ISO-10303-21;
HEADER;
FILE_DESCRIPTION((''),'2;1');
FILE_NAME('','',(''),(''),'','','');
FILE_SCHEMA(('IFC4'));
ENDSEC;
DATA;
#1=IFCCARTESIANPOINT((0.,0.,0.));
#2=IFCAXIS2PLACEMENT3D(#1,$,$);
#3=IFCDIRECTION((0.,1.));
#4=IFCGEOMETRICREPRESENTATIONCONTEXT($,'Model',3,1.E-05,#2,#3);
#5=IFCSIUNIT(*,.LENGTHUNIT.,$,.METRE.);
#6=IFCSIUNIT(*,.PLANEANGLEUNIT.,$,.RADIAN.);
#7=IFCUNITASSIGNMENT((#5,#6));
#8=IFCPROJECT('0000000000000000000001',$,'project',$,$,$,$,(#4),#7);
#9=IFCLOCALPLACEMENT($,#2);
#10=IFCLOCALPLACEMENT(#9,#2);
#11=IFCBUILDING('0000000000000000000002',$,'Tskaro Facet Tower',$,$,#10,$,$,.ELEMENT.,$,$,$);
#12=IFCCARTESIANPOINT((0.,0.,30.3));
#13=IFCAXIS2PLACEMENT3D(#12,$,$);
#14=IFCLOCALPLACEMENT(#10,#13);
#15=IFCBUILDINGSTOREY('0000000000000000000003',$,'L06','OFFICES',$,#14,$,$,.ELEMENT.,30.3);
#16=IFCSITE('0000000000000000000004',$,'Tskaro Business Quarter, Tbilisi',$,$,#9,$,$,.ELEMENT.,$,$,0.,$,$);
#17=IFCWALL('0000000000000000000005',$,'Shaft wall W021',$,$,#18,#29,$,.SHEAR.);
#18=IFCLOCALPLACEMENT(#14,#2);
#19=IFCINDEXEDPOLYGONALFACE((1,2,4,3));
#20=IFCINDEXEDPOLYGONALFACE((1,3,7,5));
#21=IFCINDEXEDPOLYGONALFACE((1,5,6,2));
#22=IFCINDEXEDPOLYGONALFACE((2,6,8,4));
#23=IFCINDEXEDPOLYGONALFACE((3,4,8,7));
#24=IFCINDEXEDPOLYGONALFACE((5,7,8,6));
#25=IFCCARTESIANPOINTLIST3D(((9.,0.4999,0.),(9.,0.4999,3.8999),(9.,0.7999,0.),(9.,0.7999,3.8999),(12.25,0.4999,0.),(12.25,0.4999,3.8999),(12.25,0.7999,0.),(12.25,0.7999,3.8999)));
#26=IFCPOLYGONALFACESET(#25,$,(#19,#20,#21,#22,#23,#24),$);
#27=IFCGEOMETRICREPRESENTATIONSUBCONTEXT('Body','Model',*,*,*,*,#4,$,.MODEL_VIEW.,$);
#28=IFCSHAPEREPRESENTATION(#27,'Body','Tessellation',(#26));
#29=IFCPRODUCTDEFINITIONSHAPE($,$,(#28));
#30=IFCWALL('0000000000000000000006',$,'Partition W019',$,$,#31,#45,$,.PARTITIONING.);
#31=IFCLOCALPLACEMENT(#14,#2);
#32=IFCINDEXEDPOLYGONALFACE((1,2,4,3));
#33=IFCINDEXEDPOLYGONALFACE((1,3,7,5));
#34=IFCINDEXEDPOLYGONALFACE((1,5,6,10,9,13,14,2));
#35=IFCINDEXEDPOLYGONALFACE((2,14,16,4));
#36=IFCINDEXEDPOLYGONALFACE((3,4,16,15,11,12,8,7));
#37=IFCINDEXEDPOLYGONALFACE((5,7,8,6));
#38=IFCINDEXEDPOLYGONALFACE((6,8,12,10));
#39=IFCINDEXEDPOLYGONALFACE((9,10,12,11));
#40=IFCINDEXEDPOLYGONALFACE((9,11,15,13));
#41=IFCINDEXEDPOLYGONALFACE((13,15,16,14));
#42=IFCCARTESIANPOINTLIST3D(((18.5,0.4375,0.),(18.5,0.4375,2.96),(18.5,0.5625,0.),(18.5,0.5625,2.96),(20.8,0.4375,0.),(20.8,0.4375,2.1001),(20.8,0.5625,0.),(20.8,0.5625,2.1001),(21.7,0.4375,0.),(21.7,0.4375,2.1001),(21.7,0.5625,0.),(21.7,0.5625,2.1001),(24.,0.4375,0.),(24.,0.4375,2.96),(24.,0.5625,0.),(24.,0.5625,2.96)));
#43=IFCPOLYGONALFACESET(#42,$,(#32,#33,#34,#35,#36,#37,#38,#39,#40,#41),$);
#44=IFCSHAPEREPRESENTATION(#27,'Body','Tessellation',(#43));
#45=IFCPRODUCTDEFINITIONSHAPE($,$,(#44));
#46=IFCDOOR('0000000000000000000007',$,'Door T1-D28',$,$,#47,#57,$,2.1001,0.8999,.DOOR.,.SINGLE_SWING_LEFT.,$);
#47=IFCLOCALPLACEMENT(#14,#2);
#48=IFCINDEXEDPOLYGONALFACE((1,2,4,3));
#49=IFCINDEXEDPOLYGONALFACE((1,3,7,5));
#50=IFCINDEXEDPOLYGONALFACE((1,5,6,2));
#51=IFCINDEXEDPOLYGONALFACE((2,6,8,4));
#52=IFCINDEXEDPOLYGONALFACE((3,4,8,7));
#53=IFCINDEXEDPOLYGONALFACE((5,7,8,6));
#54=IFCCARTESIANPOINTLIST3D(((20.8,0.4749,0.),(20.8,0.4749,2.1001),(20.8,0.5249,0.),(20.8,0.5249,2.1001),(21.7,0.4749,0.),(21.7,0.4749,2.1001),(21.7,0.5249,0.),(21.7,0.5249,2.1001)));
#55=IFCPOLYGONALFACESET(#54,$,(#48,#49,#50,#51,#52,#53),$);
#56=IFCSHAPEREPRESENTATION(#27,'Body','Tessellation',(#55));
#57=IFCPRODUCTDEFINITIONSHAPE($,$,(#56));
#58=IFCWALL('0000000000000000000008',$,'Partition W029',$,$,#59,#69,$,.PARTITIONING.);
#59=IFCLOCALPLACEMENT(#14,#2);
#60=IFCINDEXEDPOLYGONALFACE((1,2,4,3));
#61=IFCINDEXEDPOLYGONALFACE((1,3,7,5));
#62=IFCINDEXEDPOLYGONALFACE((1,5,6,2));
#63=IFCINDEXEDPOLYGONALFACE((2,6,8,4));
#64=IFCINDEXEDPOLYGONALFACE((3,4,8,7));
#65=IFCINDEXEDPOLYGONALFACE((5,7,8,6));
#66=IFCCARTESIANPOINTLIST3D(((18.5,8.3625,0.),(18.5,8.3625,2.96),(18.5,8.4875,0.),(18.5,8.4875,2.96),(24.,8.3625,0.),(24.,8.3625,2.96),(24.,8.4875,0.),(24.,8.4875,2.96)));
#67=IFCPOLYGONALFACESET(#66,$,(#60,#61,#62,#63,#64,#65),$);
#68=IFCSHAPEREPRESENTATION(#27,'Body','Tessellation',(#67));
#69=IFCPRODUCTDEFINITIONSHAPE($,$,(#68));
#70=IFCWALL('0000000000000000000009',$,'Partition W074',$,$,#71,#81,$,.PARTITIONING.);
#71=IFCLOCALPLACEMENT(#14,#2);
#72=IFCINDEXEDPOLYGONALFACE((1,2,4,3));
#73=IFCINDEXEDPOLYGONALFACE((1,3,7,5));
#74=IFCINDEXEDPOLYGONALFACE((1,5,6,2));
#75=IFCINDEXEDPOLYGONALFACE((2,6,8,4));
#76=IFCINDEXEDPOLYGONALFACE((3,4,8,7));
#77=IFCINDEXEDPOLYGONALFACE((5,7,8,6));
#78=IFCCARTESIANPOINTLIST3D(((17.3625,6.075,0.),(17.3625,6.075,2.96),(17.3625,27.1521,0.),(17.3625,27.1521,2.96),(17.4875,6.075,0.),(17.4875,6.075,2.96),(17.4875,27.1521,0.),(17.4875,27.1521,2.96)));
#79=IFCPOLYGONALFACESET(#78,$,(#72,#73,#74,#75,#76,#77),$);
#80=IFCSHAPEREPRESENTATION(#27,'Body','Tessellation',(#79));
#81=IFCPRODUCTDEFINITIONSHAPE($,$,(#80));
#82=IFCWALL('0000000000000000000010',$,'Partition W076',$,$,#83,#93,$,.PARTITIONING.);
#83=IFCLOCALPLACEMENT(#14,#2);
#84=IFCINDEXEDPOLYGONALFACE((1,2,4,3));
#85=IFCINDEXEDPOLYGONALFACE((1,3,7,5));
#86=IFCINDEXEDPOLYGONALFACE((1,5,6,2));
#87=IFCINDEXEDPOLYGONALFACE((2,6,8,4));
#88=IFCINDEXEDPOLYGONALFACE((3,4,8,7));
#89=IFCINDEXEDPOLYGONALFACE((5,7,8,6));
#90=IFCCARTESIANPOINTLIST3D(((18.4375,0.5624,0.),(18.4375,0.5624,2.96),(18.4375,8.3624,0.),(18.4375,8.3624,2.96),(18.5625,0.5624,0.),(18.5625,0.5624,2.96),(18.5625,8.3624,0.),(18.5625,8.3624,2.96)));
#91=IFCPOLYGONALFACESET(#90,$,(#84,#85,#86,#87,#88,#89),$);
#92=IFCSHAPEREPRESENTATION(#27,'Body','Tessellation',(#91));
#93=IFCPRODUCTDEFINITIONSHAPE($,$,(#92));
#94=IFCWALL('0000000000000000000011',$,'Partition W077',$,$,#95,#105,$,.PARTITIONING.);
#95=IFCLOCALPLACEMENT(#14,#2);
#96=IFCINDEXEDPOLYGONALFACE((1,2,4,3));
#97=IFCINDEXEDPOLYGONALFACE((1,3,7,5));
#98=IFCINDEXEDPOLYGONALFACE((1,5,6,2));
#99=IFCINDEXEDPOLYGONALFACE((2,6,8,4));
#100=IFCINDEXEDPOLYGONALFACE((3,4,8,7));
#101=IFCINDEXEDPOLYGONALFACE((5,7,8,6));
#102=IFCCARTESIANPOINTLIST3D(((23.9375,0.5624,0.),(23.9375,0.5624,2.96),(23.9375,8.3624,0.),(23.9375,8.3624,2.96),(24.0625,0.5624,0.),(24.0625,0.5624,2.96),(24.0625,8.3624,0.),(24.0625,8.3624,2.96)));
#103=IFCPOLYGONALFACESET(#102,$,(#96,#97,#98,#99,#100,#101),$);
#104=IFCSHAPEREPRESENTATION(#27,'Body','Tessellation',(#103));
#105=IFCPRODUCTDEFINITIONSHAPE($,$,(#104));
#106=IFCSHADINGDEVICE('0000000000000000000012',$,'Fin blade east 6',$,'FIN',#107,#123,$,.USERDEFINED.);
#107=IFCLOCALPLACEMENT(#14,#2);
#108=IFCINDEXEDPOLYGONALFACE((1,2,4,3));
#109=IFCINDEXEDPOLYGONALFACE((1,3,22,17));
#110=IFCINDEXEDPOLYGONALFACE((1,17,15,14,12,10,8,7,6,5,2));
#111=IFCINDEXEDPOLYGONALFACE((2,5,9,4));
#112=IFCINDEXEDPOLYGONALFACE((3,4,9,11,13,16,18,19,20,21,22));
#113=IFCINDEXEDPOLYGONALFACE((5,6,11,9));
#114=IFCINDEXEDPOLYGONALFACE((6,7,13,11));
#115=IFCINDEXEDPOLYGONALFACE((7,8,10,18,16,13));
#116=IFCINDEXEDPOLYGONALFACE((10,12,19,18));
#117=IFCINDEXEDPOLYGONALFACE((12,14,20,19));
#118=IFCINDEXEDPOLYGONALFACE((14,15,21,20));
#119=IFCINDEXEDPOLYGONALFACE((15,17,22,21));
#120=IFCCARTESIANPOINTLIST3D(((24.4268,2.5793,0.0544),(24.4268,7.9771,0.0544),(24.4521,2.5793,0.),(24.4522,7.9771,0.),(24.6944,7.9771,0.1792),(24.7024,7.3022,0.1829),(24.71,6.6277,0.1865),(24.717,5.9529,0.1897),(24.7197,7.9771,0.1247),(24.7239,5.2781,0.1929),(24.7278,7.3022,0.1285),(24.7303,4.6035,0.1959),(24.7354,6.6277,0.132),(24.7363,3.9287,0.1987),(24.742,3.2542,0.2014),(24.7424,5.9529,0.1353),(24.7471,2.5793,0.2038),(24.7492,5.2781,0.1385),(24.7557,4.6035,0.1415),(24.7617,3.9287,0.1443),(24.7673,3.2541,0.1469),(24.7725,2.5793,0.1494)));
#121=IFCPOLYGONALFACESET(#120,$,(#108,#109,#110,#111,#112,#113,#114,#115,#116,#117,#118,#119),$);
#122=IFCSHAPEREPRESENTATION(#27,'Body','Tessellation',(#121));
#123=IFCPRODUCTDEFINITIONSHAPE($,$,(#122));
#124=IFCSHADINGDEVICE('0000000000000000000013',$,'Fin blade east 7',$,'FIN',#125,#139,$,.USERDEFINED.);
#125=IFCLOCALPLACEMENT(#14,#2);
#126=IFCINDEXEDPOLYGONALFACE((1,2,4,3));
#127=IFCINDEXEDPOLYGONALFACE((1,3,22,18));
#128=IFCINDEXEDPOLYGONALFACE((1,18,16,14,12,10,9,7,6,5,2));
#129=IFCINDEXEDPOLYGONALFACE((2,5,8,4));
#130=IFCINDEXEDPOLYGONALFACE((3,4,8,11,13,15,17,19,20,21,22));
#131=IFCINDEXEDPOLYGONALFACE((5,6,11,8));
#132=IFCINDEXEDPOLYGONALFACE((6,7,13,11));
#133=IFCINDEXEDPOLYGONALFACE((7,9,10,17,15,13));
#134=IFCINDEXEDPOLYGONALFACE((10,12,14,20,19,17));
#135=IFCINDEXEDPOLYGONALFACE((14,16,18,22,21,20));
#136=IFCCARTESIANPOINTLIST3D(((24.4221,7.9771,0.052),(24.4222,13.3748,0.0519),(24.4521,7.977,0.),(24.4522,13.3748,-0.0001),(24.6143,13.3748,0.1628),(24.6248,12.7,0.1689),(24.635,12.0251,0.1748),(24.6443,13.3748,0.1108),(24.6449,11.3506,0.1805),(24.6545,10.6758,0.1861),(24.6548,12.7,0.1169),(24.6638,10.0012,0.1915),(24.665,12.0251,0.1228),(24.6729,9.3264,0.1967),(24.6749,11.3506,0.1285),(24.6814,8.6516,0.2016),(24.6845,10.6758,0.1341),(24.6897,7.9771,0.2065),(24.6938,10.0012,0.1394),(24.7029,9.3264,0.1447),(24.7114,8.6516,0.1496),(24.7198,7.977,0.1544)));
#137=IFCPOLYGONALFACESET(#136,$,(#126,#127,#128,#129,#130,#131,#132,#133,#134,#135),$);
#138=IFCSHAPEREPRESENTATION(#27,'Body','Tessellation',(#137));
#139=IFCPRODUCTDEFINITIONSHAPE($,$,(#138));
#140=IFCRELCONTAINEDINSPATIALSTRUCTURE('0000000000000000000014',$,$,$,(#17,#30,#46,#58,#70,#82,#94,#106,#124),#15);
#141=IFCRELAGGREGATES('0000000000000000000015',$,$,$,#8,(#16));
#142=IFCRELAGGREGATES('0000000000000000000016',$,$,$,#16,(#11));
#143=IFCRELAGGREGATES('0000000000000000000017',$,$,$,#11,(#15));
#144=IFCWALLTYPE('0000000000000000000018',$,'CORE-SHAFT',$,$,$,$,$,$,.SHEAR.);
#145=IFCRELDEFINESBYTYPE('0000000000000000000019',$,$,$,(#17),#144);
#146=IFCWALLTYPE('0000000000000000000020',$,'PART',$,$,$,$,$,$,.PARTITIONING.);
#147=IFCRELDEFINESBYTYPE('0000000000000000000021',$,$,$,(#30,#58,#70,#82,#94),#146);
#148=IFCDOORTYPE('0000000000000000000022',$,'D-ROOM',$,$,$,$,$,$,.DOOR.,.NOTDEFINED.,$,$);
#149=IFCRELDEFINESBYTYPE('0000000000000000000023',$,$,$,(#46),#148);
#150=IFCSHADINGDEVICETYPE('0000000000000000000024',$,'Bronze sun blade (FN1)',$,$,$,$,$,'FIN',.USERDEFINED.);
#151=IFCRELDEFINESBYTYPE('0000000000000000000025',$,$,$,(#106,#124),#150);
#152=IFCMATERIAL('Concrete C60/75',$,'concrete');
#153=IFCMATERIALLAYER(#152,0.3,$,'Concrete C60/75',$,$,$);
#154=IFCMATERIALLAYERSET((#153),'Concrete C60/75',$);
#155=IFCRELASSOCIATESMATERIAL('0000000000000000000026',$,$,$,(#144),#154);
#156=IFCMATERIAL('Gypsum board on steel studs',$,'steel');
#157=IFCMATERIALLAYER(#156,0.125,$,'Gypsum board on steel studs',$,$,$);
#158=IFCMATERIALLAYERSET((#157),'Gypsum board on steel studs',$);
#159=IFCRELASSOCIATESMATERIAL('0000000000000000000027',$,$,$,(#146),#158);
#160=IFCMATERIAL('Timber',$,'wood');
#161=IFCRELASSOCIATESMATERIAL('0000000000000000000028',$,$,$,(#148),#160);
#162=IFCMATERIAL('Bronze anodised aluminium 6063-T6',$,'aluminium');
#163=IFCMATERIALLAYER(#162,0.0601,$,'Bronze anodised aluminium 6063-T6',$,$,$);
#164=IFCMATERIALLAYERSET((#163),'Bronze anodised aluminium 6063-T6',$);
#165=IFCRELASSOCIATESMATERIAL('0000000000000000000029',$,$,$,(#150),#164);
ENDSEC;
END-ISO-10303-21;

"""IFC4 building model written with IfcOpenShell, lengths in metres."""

from ifc_helpers import new_model, si_unit, direction, frame, frame_2d, origin, place, context, subcontext, project, spatial, polyline, rectangle, outline, extrude, material, layer, layer_set, type_object, element, fill, save


model = new_model("IFC4")

# Units and contexts
model_context = context("Model", 3, precision=1e-05, world=origin(), true_north=direction((0.0, 1.0)))
body_context = subcontext(model_context, "Body", "Model", "MODEL_VIEW")
ifc_project = project(units=[si_unit("LENGTHUNIT", "METRE"), si_unit("PLANEANGLEUNIT", "RADIAN")], contexts=[model_context])

# Site, building, storey
site_placement = place(None, origin())
site = spatial("IfcSite", under=ifc_project, at=site_placement, Name="Tskaro Business Quarter, Tbilisi", CompositionType="ELEMENT", RefElevation=0.0)
building_placement = place(site_placement, origin())
building = spatial("IfcBuilding", under=site, at=building_placement, Name="Tskaro Facet Tower", CompositionType="ELEMENT")
storey_placement = place(building_placement, frame((0.0, 0.0, 30.3)))
storey = spatial("IfcBuildingStorey", under=building, at=storey_placement, Name="L06", Description="OFFICES", CompositionType="ELEMENT", Elevation=30.3)

# Shared definitions
ifc_material_1 = material(Name="Bronze anodised aluminium 6063-T6", Category="aluminium")

# Wall
ifc_material_2 = material(Name="Concrete C60/75", Category="concrete")
ifc_layer_1 = layer(ifc_material_2, 0.3, Name="Concrete C60/75")
ifc_layer_set_1 = layer_set([ifc_layer_1], Name="Concrete C60/75")
wall_type_1 = type_object("IfcWallType", Name="CORE-SHAFT", PredefinedType="SHEAR", material=ifc_layer_set_1)
wall_1_placement = place(storey_placement, frame((12.25, 0.6499, 0.0), z_axis=(0.0, 0.0, 1.0), x_axis=(-1.0, 0.0, 0.0)))
element("IfcWall", 1, at=wall_1_placement, inside=storey, type_object=wall_type_1, Name="Shaft wall W021", PredefinedType="SHEAR", context=body_context, shape_type="SweptSolid", body=[
    extrude(rectangle(XDim=3.25, YDim=0.3, at=frame_2d((1.625, 0.0))), origin(), (0.0, 0.0, 1.0), 3.8999),
])

# Wall, opening, door
ifc_material_3 = material(Name="Gypsum board on steel studs", Category="steel")
ifc_layer_2 = layer(ifc_material_3, 0.125, Name="Gypsum board on steel studs")
ifc_layer_set_2 = layer_set([ifc_layer_2], Name="Gypsum board on steel studs")
wall_type_2 = type_object("IfcWallType", Name="PART", PredefinedType="PARTITIONING", material=ifc_layer_set_2)
wall_2_placement = place(storey_placement, frame((18.5, 0.5, 0.0), z_axis=(0.0, 0.0, 1.0), x_axis=(1.0, 0.0, 0.0)))
wall_2 = element("IfcWall", 2, at=wall_2_placement, inside=storey, type_object=wall_type_2, Name="Partition W019", PredefinedType="PARTITIONING", context=body_context, shape_type="SweptSolid", body=[
    extrude(rectangle(XDim=5.5, YDim=0.125, at=frame_2d((2.75, 0.0))), origin(), (0.0, 0.0, 1.0), 2.96),
])
opening_placement = place(wall_2_placement, frame((2.3, 0.0, 0.0)))
opening = element("IfcOpeningElement", 3, at=opening_placement, cuts=wall_2, PredefinedType="OPENING", context=body_context, shape_type="SweptSolid", body=[
    extrude(rectangle(XDim=0.8999, YDim=2.1001, at=frame_2d((0.45, 1.05))), frame((0.0, 0.0725, 0.0), z_axis=(0.0, -1.0, 0.0), x_axis=(1.0, 0.0, 0.0)), (0.0, 0.0, 1.0), 0.145),
])
ifc_material_4 = material(Name="Timber", Category="wood")
door_type = type_object("IfcDoorType", Name="D-ROOM", OperationType="NOTDEFINED", PredefinedType="DOOR", material=ifc_material_4)
door_placement = place(opening_placement, origin())
door = element("IfcDoor", 4, at=door_placement, inside=storey, type_object=door_type, Name="Door T1-D28", OperationType="SINGLE_SWING_LEFT", OverallHeight=2.1001, OverallWidth=0.8999, PredefinedType="DOOR", context=body_context, shape_type="SweptSolid", body=[
    extrude(rectangle(XDim=0.8999, YDim=2.1001, at=frame_2d((0.45, 1.05))), frame((0.0, 0.0249, 0.0), z_axis=(0.0, -1.0, 0.0), x_axis=(1.0, 0.0, 0.0)), (0.0, 0.0, 1.0), 0.05),
])
fill(opening, door)

# Walls
wall_3_placement = place(storey_placement, frame((18.5, 8.425, 0.0), z_axis=(0.0, 0.0, 1.0), x_axis=(1.0, 0.0, 0.0)))
element("IfcWall", 5, at=wall_3_placement, inside=storey, type_object=wall_type_2, Name="Partition W029", PredefinedType="PARTITIONING", context=body_context, shape_type="SweptSolid", body=[
    extrude(rectangle(XDim=5.5, YDim=0.125, at=frame_2d((2.75, 0.0))), origin(), (0.0, 0.0, 1.0), 2.96),
])
wall_4_placement = place(storey_placement, frame((17.425, 6.075, 0.0), z_axis=(0.0, 0.0, 1.0), x_axis=(0.0, 1.0, 0.0)))
element("IfcWall", 6, at=wall_4_placement, inside=storey, type_object=wall_type_2, Name="Partition W074", PredefinedType="PARTITIONING", context=body_context, shape_type="SweptSolid", body=[
    extrude(rectangle(XDim=21.0771, YDim=0.125, at=frame_2d((10.5386, 0.0))), origin(), (0.0, 0.0, 1.0), 2.96),
])
for number, where, z_axis, x_axis, name in (
    (7, (18.5, 0.5625, 0.0), (0.0, 0.0, 1.0), (0.0, 1.0, 0.0), "Partition W076"),
    (8, (24.0, 0.5625, 0.0), (0.0, 0.0, 1.0), (0.0, 1.0, 0.0), "Partition W077"),
):
    element("IfcWall", number, at=place(storey_placement, frame(where, z_axis=z_axis, x_axis=x_axis)), inside=storey, type_object=wall_type_2, Name=name, PredefinedType="PARTITIONING", context=body_context, shape_type="SweptSolid", body=[
        extrude(rectangle(XDim=7.8, YDim=0.125, at=frame_2d((3.8999, 0.0))), origin(), (0.0, 0.0, 1.0), 2.96),
    ])

# Shading devices
ifc_layer_3 = layer(ifc_material_1, 0.0601, Name="Bronze anodised aluminium 6063-T6")
ifc_layer_set_3 = layer_set([ifc_layer_3], Name="Bronze anodised aluminium 6063-T6")
shading_device_type = type_object("IfcShadingDeviceType", Name="Bronze sun blade (FN1)", ElementType="FIN", PredefinedType="USERDEFINED", material=ifc_layer_set_3)
shading_device_1_placement = place(storey_placement, frame((24.4268, 2.5793, 0.0544), z_axis=(-0.42253, 0.000007, 0.906349), x_axis=(0.000003, 1.0, -0.000006)))
element("IfcShadingDevice", 9, at=shading_device_1_placement, inside=storey, type_object=shading_device_type, Name="Fin blade east 6", ObjectType="FIN", PredefinedType="USERDEFINED", context=body_context, shape_type="SweptSolid", body=[
    extrude(outline(polyline([(0.0, 0.0), (5.3977, 0.0), (5.3977, -0.2952), (4.7229, -0.3041), (4.0483, -0.3125), (3.3735, -0.3202), (2.6987, -0.3278), (2.0242, -0.3349), (1.3494, -0.3415), (0.6748, -0.3478), (0.0, -0.3534), (0.0, 0.0)])), origin(), (0.0, 0.0, -1.0), 0.0601),
])
shading_device_2_placement = place(storey_placement, frame((24.4221, 7.9771, 0.052), z_axis=(-0.499866, 0.000014, 0.866103), x_axis=(0.000007, 1.0, -0.000012)))
element("IfcShadingDevice", 10, at=shading_device_2_placement, inside=storey, type_object=shading_device_type, Name="Fin blade east 7", ObjectType="FIN", PredefinedType="USERDEFINED", context=body_context, shape_type="SweptSolid", body=[
    extrude(outline(polyline([(0.0, 0.0), (5.3977, 0.0), (5.3977, -0.2218), (4.7229, -0.234), (4.0481, -0.2458), (3.3735, -0.2572), (2.6987, -0.2683), (2.0242, -0.279), (1.3494, -0.2895), (0.6746, -0.2994), (0.0, -0.309), (0.0, 0.0)])), origin(), (0.0, 0.0, -1.0), 0.0601),
])

save(model, "model.ifc")
